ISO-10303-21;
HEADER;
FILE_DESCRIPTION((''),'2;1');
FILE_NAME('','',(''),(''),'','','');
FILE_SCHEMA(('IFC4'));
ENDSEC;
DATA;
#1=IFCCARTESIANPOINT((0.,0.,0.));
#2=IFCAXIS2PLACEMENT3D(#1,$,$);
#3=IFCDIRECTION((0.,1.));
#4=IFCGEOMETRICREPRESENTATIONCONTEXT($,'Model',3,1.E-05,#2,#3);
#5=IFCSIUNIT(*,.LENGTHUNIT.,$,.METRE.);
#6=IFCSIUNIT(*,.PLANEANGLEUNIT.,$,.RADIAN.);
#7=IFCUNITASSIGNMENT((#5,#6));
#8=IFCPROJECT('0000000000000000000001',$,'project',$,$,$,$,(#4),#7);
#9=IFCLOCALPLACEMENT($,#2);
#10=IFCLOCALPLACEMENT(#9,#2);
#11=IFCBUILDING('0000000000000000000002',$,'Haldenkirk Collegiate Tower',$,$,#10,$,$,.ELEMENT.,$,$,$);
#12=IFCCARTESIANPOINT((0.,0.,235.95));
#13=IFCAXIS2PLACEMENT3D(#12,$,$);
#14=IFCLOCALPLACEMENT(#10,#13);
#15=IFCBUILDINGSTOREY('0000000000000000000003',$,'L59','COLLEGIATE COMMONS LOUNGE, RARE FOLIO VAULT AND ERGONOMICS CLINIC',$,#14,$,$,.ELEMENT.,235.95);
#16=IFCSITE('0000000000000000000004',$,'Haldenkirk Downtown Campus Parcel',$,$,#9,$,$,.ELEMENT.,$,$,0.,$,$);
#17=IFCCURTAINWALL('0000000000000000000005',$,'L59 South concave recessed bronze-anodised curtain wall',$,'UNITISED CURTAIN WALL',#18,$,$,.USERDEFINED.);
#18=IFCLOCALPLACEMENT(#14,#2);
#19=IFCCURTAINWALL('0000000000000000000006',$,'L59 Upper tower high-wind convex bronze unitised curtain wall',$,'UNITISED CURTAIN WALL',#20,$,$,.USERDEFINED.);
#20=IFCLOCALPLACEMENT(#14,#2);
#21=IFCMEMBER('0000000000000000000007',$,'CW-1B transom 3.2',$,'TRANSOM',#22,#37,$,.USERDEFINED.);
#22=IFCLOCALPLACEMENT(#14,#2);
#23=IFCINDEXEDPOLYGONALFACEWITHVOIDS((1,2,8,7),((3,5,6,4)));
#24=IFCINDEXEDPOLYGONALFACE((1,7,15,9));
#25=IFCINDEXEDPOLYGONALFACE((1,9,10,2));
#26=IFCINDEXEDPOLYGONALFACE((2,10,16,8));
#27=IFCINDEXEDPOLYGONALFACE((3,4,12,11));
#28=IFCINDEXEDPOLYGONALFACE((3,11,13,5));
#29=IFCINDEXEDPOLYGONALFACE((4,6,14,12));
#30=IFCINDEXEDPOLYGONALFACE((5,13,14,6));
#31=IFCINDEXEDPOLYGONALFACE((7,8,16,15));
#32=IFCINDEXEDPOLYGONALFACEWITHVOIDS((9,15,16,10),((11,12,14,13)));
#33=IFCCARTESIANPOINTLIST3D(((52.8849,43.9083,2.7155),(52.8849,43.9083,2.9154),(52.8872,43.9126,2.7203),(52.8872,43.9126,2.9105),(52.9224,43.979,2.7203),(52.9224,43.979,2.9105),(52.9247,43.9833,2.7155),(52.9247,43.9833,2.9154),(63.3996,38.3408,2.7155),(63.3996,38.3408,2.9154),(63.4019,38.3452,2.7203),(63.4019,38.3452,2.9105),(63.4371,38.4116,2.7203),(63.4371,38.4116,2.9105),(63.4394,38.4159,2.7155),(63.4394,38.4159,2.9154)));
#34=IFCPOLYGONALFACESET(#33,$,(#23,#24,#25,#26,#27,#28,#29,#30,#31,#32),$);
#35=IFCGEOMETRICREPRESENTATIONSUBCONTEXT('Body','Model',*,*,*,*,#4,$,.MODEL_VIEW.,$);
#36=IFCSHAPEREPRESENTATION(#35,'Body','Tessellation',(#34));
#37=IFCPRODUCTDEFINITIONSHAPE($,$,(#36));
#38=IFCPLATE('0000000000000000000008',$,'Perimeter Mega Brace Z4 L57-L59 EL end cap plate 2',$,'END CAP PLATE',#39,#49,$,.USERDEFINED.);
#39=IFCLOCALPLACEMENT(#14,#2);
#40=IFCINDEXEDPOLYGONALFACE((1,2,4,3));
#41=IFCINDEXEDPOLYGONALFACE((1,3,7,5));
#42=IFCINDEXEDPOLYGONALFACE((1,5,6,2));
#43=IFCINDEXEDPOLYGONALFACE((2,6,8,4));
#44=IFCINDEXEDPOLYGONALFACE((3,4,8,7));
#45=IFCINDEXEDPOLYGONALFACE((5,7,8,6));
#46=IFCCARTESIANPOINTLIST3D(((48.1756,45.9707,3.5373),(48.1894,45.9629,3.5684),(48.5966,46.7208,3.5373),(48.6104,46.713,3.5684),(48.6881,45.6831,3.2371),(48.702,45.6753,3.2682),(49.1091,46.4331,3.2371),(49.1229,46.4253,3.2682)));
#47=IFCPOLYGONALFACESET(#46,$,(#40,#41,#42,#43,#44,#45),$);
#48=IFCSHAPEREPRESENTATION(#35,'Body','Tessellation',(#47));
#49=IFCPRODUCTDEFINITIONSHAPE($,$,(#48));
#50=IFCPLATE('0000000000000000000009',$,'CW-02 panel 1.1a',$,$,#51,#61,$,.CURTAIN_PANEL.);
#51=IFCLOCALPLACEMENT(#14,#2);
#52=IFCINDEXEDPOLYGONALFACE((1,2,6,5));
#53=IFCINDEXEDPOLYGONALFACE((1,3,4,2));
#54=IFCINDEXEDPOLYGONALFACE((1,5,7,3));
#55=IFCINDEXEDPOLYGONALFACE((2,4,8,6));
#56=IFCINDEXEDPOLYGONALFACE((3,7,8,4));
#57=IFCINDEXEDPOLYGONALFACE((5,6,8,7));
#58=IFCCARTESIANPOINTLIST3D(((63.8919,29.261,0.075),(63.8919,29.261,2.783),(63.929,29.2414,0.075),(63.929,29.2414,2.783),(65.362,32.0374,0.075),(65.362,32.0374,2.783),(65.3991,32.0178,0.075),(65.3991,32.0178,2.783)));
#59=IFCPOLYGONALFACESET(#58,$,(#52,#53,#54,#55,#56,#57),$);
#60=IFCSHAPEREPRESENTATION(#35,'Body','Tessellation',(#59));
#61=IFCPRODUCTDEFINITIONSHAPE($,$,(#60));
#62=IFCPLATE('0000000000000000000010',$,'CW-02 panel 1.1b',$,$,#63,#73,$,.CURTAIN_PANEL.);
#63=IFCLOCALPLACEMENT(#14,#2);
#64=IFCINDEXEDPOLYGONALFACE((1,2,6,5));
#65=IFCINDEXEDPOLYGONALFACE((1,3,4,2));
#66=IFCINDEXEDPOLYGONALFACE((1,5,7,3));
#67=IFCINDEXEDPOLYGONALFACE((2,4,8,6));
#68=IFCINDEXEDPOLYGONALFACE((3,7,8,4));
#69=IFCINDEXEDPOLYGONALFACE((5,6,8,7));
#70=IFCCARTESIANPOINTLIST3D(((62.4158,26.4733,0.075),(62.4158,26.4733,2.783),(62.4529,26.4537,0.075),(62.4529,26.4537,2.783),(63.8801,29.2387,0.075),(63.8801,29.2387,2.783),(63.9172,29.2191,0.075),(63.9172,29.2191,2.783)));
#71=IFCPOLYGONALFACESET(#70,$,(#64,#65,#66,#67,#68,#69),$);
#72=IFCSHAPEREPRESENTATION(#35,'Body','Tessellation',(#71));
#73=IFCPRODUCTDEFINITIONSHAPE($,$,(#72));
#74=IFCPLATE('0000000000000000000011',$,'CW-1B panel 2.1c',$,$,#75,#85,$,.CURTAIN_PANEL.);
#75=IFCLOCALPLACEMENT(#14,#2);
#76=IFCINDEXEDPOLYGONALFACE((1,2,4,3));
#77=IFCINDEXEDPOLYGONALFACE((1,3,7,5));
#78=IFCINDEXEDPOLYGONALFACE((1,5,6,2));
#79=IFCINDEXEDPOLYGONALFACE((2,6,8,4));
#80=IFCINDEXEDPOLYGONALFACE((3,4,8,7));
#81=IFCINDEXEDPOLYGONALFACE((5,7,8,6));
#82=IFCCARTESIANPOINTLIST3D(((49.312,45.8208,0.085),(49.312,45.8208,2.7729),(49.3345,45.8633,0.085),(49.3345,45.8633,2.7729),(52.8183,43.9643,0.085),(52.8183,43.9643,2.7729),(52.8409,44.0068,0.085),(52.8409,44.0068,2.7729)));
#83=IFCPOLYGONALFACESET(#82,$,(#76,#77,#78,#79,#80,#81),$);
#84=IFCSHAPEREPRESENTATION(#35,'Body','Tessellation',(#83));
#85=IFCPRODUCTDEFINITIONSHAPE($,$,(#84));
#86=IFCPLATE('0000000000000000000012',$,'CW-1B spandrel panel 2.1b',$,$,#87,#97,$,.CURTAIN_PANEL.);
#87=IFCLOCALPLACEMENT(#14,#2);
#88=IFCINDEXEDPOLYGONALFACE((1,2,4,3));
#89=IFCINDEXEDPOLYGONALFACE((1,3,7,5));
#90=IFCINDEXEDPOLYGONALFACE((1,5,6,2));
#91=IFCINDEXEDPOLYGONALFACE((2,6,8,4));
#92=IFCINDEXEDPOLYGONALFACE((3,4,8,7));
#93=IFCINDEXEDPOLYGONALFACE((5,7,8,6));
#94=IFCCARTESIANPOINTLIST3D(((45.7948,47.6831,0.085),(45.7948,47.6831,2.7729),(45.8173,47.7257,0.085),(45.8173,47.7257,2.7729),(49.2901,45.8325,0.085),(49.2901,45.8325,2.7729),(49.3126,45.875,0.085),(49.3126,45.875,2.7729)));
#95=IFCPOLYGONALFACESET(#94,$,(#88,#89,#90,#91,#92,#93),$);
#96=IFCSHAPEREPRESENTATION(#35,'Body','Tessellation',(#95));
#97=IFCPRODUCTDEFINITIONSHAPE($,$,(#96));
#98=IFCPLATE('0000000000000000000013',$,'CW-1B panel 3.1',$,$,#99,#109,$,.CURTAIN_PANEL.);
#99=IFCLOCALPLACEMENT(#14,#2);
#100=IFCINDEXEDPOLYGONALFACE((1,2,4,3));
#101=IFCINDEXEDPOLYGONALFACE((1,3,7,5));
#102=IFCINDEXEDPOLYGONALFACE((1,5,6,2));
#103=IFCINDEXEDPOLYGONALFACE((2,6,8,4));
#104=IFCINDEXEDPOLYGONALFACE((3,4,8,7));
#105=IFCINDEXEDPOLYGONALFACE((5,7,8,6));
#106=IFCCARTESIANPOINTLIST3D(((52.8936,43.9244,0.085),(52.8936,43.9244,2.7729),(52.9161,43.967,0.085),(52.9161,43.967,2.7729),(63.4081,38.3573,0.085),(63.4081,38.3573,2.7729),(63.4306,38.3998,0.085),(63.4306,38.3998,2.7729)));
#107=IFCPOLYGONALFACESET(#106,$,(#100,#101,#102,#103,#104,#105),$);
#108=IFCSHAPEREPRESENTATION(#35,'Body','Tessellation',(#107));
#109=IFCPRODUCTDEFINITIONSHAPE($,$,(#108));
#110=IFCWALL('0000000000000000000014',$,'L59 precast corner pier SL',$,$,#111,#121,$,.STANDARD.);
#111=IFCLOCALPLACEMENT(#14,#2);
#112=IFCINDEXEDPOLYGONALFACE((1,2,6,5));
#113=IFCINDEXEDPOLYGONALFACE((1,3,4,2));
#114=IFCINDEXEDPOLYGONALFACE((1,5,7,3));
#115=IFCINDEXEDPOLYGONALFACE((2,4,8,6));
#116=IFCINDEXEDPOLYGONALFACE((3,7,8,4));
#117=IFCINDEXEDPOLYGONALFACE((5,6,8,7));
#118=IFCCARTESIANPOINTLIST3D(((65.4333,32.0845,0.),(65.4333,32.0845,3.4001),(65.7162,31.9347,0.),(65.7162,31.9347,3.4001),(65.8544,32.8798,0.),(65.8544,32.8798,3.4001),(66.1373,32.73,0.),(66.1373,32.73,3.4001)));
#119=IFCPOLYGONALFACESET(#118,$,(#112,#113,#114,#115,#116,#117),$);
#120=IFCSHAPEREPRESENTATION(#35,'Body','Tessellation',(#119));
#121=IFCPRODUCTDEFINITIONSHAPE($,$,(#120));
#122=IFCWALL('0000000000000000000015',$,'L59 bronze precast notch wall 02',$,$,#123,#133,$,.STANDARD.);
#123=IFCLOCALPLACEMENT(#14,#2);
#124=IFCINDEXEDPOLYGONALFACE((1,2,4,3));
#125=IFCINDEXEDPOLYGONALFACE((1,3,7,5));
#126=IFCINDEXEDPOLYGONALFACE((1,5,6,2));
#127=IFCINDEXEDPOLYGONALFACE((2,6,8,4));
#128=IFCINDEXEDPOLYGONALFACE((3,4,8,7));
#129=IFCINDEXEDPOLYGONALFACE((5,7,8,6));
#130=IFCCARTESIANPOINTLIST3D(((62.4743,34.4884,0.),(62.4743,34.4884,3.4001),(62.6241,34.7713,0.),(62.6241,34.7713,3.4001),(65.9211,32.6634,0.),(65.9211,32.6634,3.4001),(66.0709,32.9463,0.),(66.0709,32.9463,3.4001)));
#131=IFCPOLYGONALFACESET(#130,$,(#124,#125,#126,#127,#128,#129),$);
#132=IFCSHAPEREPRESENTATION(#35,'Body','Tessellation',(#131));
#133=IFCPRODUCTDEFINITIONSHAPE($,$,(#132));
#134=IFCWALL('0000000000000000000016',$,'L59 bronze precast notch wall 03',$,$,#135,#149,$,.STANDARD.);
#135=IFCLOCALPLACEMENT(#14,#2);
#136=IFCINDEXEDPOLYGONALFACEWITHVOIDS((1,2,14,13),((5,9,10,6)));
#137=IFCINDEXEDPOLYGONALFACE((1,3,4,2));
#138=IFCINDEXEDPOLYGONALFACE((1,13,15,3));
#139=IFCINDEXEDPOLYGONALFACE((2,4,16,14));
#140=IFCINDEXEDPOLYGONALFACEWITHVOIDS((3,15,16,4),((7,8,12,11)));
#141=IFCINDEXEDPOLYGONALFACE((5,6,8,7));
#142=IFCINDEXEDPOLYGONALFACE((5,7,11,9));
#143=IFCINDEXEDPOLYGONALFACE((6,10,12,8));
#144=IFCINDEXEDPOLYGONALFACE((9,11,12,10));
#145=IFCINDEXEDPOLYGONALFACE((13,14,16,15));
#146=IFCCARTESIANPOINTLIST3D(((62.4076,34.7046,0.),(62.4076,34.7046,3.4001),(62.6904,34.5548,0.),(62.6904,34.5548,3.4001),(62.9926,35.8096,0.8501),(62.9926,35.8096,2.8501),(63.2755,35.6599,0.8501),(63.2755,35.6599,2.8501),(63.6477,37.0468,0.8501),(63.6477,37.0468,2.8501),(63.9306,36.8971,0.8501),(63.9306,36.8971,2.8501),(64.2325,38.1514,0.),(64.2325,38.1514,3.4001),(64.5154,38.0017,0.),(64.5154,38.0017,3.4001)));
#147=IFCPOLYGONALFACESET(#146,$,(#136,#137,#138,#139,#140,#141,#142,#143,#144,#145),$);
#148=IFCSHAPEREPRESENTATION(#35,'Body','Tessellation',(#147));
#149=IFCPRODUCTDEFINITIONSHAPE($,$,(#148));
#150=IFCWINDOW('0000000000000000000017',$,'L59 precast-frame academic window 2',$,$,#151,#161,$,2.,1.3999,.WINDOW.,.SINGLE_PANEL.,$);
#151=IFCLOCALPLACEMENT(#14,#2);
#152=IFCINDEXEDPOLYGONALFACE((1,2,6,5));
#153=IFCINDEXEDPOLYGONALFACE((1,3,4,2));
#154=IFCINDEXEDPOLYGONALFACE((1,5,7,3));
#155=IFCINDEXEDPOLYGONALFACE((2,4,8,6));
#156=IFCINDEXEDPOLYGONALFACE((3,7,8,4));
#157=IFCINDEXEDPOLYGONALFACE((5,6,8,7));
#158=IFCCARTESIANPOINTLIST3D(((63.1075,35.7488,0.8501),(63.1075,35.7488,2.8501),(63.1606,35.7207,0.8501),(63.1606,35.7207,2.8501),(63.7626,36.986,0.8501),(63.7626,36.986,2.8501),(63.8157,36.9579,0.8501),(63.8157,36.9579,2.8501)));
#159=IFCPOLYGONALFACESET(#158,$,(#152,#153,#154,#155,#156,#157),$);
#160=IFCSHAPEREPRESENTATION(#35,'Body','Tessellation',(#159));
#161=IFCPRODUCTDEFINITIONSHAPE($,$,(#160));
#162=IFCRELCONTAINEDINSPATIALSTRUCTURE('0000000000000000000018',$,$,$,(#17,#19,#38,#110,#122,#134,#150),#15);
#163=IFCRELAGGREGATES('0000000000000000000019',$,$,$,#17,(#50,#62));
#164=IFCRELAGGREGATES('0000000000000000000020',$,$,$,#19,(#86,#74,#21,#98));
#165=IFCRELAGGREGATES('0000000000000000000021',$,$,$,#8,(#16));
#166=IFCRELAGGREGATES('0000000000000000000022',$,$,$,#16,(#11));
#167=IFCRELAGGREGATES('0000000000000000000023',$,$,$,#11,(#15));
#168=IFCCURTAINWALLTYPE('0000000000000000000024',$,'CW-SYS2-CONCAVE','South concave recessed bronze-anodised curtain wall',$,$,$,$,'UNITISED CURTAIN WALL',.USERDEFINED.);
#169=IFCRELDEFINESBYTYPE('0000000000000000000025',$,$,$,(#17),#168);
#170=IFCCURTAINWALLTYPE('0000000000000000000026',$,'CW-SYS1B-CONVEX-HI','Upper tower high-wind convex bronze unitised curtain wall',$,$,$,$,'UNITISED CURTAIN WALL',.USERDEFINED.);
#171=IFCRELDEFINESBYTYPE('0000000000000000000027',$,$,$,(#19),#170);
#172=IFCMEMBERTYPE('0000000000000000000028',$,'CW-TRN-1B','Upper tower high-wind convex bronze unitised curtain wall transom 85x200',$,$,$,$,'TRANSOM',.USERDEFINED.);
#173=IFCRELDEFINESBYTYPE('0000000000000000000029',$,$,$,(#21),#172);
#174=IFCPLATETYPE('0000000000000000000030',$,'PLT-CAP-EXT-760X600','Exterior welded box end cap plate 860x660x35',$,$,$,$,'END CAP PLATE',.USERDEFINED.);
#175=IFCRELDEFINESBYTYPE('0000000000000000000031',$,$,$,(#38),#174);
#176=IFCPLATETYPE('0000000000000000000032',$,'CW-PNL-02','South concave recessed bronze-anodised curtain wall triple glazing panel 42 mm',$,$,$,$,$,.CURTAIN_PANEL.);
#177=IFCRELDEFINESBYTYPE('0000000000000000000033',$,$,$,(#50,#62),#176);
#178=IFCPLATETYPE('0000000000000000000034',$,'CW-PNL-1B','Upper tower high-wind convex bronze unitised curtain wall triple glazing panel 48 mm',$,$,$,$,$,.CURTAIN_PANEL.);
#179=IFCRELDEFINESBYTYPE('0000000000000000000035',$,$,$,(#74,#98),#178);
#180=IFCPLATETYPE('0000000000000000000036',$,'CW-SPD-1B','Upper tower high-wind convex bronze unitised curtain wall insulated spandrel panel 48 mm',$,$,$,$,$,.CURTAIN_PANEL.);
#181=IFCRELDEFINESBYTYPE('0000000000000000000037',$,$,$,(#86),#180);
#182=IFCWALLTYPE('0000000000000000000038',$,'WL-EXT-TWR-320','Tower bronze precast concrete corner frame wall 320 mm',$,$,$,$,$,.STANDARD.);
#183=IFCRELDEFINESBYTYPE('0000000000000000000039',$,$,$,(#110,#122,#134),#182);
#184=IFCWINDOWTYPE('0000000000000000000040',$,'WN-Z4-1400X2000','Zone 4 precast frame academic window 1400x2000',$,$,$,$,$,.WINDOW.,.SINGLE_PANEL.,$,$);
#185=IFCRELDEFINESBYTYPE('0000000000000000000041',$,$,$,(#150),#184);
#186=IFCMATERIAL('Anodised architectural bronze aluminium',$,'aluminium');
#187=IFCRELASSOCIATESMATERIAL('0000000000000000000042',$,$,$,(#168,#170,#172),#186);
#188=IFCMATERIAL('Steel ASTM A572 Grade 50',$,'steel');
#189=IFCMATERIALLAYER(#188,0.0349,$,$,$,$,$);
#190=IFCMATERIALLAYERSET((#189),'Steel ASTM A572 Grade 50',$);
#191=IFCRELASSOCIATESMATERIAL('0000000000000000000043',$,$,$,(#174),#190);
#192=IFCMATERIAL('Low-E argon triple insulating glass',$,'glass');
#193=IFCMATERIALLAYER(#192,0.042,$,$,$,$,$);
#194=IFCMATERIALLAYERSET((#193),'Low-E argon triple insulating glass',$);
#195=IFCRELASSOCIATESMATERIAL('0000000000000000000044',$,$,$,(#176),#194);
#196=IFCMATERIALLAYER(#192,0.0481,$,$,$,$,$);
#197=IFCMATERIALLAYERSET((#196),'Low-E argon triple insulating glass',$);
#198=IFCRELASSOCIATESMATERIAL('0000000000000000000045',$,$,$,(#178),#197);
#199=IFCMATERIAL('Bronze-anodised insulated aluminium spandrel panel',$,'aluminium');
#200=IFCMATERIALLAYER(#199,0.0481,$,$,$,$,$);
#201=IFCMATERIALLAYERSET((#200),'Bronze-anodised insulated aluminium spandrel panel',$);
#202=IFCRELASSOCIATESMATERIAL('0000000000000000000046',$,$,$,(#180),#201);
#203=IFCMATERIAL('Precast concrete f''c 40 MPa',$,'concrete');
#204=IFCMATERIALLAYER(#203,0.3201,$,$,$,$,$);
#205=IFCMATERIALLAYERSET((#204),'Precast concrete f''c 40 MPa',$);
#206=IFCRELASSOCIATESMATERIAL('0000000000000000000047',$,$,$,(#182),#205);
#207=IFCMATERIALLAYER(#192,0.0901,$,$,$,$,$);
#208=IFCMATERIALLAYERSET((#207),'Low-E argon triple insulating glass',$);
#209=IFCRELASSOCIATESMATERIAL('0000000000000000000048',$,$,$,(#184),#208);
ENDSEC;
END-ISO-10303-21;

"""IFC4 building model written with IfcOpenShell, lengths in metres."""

from ifc_helpers import new_model, si_unit, direction, frame, frame_2d, origin, origin_2d, place, context, subcontext, project, spatial, rectangle, hollow_rectangle, extrude, source, transform, mapped, material, layer, layer_set, material_profile, profile_set, type_object, element, fill, aggregate, save


model = new_model("IFC4")

# Units and contexts
model_context = context("Model", 3, precision=1e-05, world=origin(), true_north=direction((0.0, 1.0)))
body_context = subcontext(model_context, "Body", "Model", "MODEL_VIEW")
ifc_project = project(units=[si_unit("LENGTHUNIT", "METRE"), si_unit("PLANEANGLEUNIT", "RADIAN")], contexts=[model_context])

# Site, building, storey
site_placement = place(None, origin())
site = spatial("IfcSite", under=ifc_project, at=site_placement, Name="Haldenkirk Downtown Campus Parcel", CompositionType="ELEMENT", RefElevation=0.0)
building_placement = place(site_placement, origin())
building = spatial("IfcBuilding", under=site, at=building_placement, Name="Haldenkirk Collegiate Tower", CompositionType="ELEMENT")
storey_placement = place(building_placement, frame((0.0, 0.0, 235.95)))
storey = spatial("IfcBuildingStorey", under=building, at=storey_placement, Name="L59", Description="COLLEGIATE COMMONS LOUNGE, RARE FOLIO VAULT AND ERGONOMICS CLINIC", CompositionType="ELEMENT", Elevation=235.95)

# Shared definitions
ifc_material_1 = material(Name="Steel ASTM A572 Grade 50", Category="steel")

# Curtain wall
ifc_material_2 = material(Name="Anodised architectural bronze aluminium", Category="aluminium")
curtain_wall_type_1 = type_object("IfcCurtainWallType", Name="CW-SYS2-CONCAVE", Description="South concave recessed bronze-anodised curtain wall", ElementType="UNITISED CURTAIN WALL", PredefinedType="USERDEFINED", material=ifc_material_2)
curtain_wall_1_placement = place(storey_placement, origin())
curtain_wall_1 = element("IfcCurtainWall", 1, at=curtain_wall_1_placement, inside=storey, type_object=curtain_wall_type_1, Name="L59 South concave recessed bronze-anodised curtain wall", ObjectType="UNITISED CURTAIN WALL", PredefinedType="USERDEFINED")

# Curtain wall
curtain_wall_type_2 = type_object("IfcCurtainWallType", Name="CW-SYS1B-CONVEX-HI", Description="Upper tower high-wind convex bronze unitised curtain wall", ElementType="UNITISED CURTAIN WALL", PredefinedType="USERDEFINED", material=ifc_material_2)
curtain_wall_2_placement = place(storey_placement, origin())
curtain_wall_2 = element("IfcCurtainWall", 2, at=curtain_wall_2_placement, inside=storey, type_object=curtain_wall_type_2, Name="L59 Upper tower high-wind convex bronze unitised curtain wall", ObjectType="UNITISED CURTAIN WALL", PredefinedType="USERDEFINED")

# Member
ifc_material_profile_1 = material_profile(ifc_material_2, hollow_rectangle(XDim=0.085, YDim=0.2, WallThickness=0.0049, at=origin_2d()), Name="CW-TRN-1B")
ifc_profile_set_1 = profile_set([ifc_material_profile_1], Name="Anodised architectural bronze aluminium")
member_type_1 = type_object("IfcMemberType", Name="CW-TRN-1B", Description="Upper tower high-wind convex bronze unitised curtain wall transom 85x200", ElementType="TRANSOM", PredefinedType="USERDEFINED", material=ifc_profile_set_1)
member_1_placement = place(storey_placement, frame((52.9048, 43.9458, 2.8154), z_axis=(0.88376, -0.467941, 0.0), x_axis=(0.467941, 0.88376, 0.0)))
member_1 = element("IfcMember", 3, at=member_1_placement, type_object=member_type_1, Name="CW-1B transom 3.2", ObjectType="TRANSOM", PredefinedType="USERDEFINED", context=body_context, shape_type="SweptSolid", body=[
    extrude(hollow_rectangle(XDim=0.085, YDim=0.2, WallThickness=0.0049, at=origin_2d()), origin(), (0.0, 0.0, 1.0), 11.8977),
])

# Plates
ifc_layer_1 = layer(ifc_material_1, 0.0349)
ifc_layer_set_1 = layer_set([ifc_layer_1], Name="Steel ASTM A572 Grade 50")
plate_type_1 = type_object("IfcPlateType", Name="PLT-CAP-EXT-760X600", Description="Exterior welded box end cap plate 860x660x35", ElementType="END CAP PLATE", PredefinedType="USERDEFINED", material=ifc_layer_set_1)
shared_shape_1 = source(origin(), body_context, "Body", "SweptSolid", [
    extrude(rectangle(XDim=0.8601, YDim=0.6599, at=origin_2d()), origin(), (0.0, 0.0, 1.0), 0.0349),
])
plate_1_placement = place(storey_placement, frame((48.6423, 46.2019, 3.3872), z_axis=(0.396589, -0.222587, 0.890602), x_axis=(0.489435, 0.87204, 0.0)))
element("IfcPlate", 4, at=plate_1_placement, inside=storey, type_object=plate_type_1, Name="Perimeter Mega Brace Z4 L57-L59 EL end cap plate 2", ObjectType="END CAP PLATE", PredefinedType="USERDEFINED", context=body_context, shape_type="MappedRepresentation", body=[
    mapped(shared_shape_1, transform((0.0, 0.0, 0.0), x_axis=(1.0, 0.0, 0.0), y_axis=(0.0, 1.0, 0.0), z_axis=(0.0, 0.0, 1.0), scale=1.0)),
])
ifc_material_3 = material(Name="Low-E argon triple insulating glass", Category="glass")
ifc_layer_2 = layer(ifc_material_3, 0.042)
ifc_layer_set_2 = layer_set([ifc_layer_2], Name="Low-E argon triple insulating glass")
plate_type_2 = type_object("IfcPlateType", Name="CW-PNL-02", Description="South concave recessed bronze-anodised curtain wall triple glazing panel 42 mm", PredefinedType="CURTAIN_PANEL", material=ifc_layer_set_2)
shared_shape_2 = source(origin(), body_context, "Body", "SweptSolid", [
    extrude(rectangle(XDim=3.1416, YDim=0.042, at=origin_2d()), origin(), (0.0, 0.0, 1.0), 2.708),
])
plate_2_placement = place(storey_placement, frame((64.6455, 30.6394, 0.075), z_axis=(0.0, 0.0, 1.0), x_axis=(-0.467932, -0.883765, 0.0)))
plate_2 = element("IfcPlate", 5, at=plate_2_placement, type_object=plate_type_2, Name="CW-02 panel 1.1a", PredefinedType="CURTAIN_PANEL", context=body_context, shape_type="MappedRepresentation", body=[
    mapped(shared_shape_2, transform((0.0, 0.0, 0.0), x_axis=(1.0, 0.0, 0.0), y_axis=(0.0, 1.0, 0.0), z_axis=(0.0, 0.0, 1.0), scale=1.0)),
])
shared_shape_3 = source(origin(), body_context, "Body", "SweptSolid", [
    extrude(rectangle(XDim=3.1292, YDim=0.042, at=origin_2d()), origin(), (0.0, 0.0, 1.0), 2.708),
])
plate_3_placement = place(storey_placement, frame((63.1665, 27.8462, 0.075), z_axis=(0.0, 0.0, 1.0), x_axis=(-0.467932, -0.883765, 0.0)))
plate_3 = element("IfcPlate", 6, at=plate_3_placement, type_object=plate_type_2, Name="CW-02 panel 1.1b", PredefinedType="CURTAIN_PANEL", context=body_context, shape_type="MappedRepresentation", body=[
    mapped(shared_shape_3, transform((0.0, 0.0, 0.0), x_axis=(1.0, 0.0, 0.0), y_axis=(0.0, 1.0, 0.0), z_axis=(0.0, 0.0, 1.0), scale=1.0)),
])
aggregate(curtain_wall_1, [plate_2, plate_3])
ifc_layer_3 = layer(ifc_material_3, 0.0481)
ifc_layer_set_3 = layer_set([ifc_layer_3], Name="Low-E argon triple insulating glass")
plate_type_3 = type_object("IfcPlateType", Name="CW-PNL-1B", Description="Upper tower high-wind convex bronze unitised curtain wall triple glazing panel 48 mm", PredefinedType="CURTAIN_PANEL", material=ifc_layer_set_3)
shared_shape_4 = source(origin(), body_context, "Body", "SweptSolid", [
    extrude(rectangle(XDim=3.9675, YDim=0.0481, at=origin_2d()), origin(), (0.0, 0.0, 1.0), 2.688),
])
plate_4_placement = place(storey_placement, frame((51.0764, 44.9138, 0.085), z_axis=(0.0, 0.0, 1.0), x_axis=(0.883766, -0.46793, 0.0)))
plate_4 = element("IfcPlate", 7, at=plate_4_placement, type_object=plate_type_3, Name="CW-1B panel 2.1c", PredefinedType="CURTAIN_PANEL", context=body_context, shape_type="MappedRepresentation", body=[
    mapped(shared_shape_4, transform((0.0, 0.0, 0.0), x_axis=(1.0, 0.0, 0.0), y_axis=(0.0, 1.0, 0.0), z_axis=(0.0, 0.0, 1.0), scale=1.0)),
])
ifc_material_4 = material(Name="Bronze-anodised insulated aluminium spandrel panel", Category="aluminium")
ifc_layer_4 = layer(ifc_material_4, 0.0481)
ifc_layer_set_4 = layer_set([ifc_layer_4], Name="Bronze-anodised insulated aluminium spandrel panel")
plate_type_4 = type_object("IfcPlateType", Name="CW-SPD-1B", Description="Upper tower high-wind convex bronze unitised curtain wall insulated spandrel panel 48 mm", PredefinedType="CURTAIN_PANEL", material=ifc_layer_set_4)
shared_shape_5 = source(origin(), body_context, "Body", "SweptSolid", [
    extrude(rectangle(XDim=3.9551, YDim=0.0481, at=origin_2d()), origin(), (0.0, 0.0, 1.0), 2.688),
])
plate_5_placement = place(storey_placement, frame((47.5537, 46.7791, 0.085), z_axis=(0.0, 0.0, 1.0), x_axis=(0.883766, -0.46793, 0.0)))
plate_5 = element("IfcPlate", 8, at=plate_5_placement, type_object=plate_type_4, Name="CW-1B spandrel panel 2.1b", PredefinedType="CURTAIN_PANEL", context=body_context, shape_type="MappedRepresentation", body=[
    mapped(shared_shape_5, transform((0.0, 0.0, 0.0), x_axis=(1.0, 0.0, 0.0), y_axis=(0.0, 1.0, 0.0), z_axis=(0.0, 0.0, 1.0), scale=1.0)),
])
shared_shape_6 = source(origin(), body_context, "Body", "SweptSolid", [
    extrude(rectangle(XDim=11.8975, YDim=0.0481, at=origin_2d()), origin(), (0.0, 0.0, 1.0), 2.688),
])
plate_6_placement = place(storey_placement, frame((58.1621, 41.1621, 0.085), z_axis=(0.0, 0.0, 1.0), x_axis=(0.883766, -0.46793, 0.0)))
plate_6 = element("IfcPlate", 9, at=plate_6_placement, type_object=plate_type_3, Name="CW-1B panel 3.1", PredefinedType="CURTAIN_PANEL", context=body_context, shape_type="MappedRepresentation", body=[
    mapped(shared_shape_6, transform((0.0, 0.0, 0.0), x_axis=(1.0, 0.0, 0.0), y_axis=(0.0, 1.0, 0.0), z_axis=(0.0, 0.0, 1.0), scale=1.0)),
])
aggregate(curtain_wall_2, [plate_5, plate_4, member_1, plate_6])

# Walls
ifc_material_5 = material(Name="Precast concrete f'c 40 MPa", Category="concrete")
ifc_layer_5 = layer(ifc_material_5, 0.3201)
ifc_layer_set_5 = layer_set([ifc_layer_5], Name="Precast concrete f'c 40 MPa")
wall_type_1 = type_object("IfcWallType", Name="WL-EXT-TWR-320", Description="Tower bronze precast concrete corner frame wall 320 mm", PredefinedType="STANDARD", material=ifc_layer_set_5)
wall_1_placement = place(storey_placement, frame((65.9958, 32.8049, 0.0), z_axis=(0.0, 0.0, 1.0), x_axis=(-0.467925, -0.883768, 0.0)))
element("IfcWall", 10, at=wall_1_placement, inside=storey, type_object=wall_type_1, Name="L59 precast corner pier SL", PredefinedType="STANDARD", context=body_context, shape_type="SweptSolid", body=[
    extrude(rectangle(XDim=0.8999, YDim=0.3201, at=frame_2d((0.45, 0.0))), origin(), (0.0, 0.0, 1.0), 3.4001),
])
wall_2_placement = place(storey_placement, frame((62.5491, 34.6299, 0.0), z_axis=(0.0, 0.0, 1.0), x_axis=(0.883768, -0.467925, 0.0)))
element("IfcWall", 11, at=wall_2_placement, inside=storey, type_object=wall_type_1, Name="L59 bronze precast notch wall 02", PredefinedType="STANDARD", context=body_context, shape_type="SweptSolid", body=[
    extrude(rectangle(XDim=3.9001, YDim=0.3201, at=frame_2d((1.9502, 0.0))), origin(), (0.0, 0.0, 1.0), 3.4001),
])

# Wall, opening, window
wall_3_placement = place(storey_placement, frame((64.374, 38.0767, 0.0), z_axis=(0.0, 0.0, 1.0), x_axis=(-0.467925, -0.883768, 0.0)))
wall_3 = element("IfcWall", 12, at=wall_3_placement, inside=storey, type_object=wall_type_1, Name="L59 bronze precast notch wall 03", PredefinedType="STANDARD", context=body_context, shape_type="SweptSolid", body=[
    extrude(rectangle(XDim=3.9001, YDim=0.3201, at=frame_2d((1.9502, 0.0))), origin(), (0.0, 0.0, 1.0), 3.4001),
])
opening_1_placement = place(wall_3_placement, frame((1.25, 0.0, 0.8501)))
opening_1 = element("IfcOpeningElement", 13, at=opening_1_placement, cuts=wall_3, PredefinedType="OPENING", context=body_context, shape_type="SweptSolid", body=[
    extrude(rectangle(XDim=1.3999, YDim=2.0, at=frame_2d((0.7, 1.0))), frame((0.0, 0.1699, 0.0), z_axis=(0.0, -1.0, 0.0), x_axis=(1.0, 0.0, 0.0)), (0.0, 0.0, 1.0), 0.3401),
])
ifc_layer_6 = layer(ifc_material_3, 0.0901)
ifc_layer_set_6 = layer_set([ifc_layer_6], Name="Low-E argon triple insulating glass")
window_type = type_object("IfcWindowType", Name="WN-Z4-1400X2000", Description="Zone 4 precast frame academic window 1400x2000", PartitioningType="SINGLE_PANEL", PredefinedType="WINDOW", material=ifc_layer_set_6)
window_placement = place(opening_1_placement, origin())
window = element("IfcWindow", 14, at=window_placement, inside=storey, type_object=window_type, Name="L59 precast-frame academic window 2", OverallHeight=2.0, OverallWidth=1.3999, PartitioningType="SINGLE_PANEL", PredefinedType="WINDOW", context=body_context, shape_type="SweptSolid", body=[
    extrude(rectangle(XDim=1.3999, YDim=2.0, at=frame_2d((0.7, 1.0))), frame((0.0, 0.03, 0.0), z_axis=(0.0, -1.0, 0.0), x_axis=(1.0, 0.0, 0.0)), (0.0, 0.0, 1.0), 0.0601),
])
fill(opening_1, window)

save(model, "model.ifc")
